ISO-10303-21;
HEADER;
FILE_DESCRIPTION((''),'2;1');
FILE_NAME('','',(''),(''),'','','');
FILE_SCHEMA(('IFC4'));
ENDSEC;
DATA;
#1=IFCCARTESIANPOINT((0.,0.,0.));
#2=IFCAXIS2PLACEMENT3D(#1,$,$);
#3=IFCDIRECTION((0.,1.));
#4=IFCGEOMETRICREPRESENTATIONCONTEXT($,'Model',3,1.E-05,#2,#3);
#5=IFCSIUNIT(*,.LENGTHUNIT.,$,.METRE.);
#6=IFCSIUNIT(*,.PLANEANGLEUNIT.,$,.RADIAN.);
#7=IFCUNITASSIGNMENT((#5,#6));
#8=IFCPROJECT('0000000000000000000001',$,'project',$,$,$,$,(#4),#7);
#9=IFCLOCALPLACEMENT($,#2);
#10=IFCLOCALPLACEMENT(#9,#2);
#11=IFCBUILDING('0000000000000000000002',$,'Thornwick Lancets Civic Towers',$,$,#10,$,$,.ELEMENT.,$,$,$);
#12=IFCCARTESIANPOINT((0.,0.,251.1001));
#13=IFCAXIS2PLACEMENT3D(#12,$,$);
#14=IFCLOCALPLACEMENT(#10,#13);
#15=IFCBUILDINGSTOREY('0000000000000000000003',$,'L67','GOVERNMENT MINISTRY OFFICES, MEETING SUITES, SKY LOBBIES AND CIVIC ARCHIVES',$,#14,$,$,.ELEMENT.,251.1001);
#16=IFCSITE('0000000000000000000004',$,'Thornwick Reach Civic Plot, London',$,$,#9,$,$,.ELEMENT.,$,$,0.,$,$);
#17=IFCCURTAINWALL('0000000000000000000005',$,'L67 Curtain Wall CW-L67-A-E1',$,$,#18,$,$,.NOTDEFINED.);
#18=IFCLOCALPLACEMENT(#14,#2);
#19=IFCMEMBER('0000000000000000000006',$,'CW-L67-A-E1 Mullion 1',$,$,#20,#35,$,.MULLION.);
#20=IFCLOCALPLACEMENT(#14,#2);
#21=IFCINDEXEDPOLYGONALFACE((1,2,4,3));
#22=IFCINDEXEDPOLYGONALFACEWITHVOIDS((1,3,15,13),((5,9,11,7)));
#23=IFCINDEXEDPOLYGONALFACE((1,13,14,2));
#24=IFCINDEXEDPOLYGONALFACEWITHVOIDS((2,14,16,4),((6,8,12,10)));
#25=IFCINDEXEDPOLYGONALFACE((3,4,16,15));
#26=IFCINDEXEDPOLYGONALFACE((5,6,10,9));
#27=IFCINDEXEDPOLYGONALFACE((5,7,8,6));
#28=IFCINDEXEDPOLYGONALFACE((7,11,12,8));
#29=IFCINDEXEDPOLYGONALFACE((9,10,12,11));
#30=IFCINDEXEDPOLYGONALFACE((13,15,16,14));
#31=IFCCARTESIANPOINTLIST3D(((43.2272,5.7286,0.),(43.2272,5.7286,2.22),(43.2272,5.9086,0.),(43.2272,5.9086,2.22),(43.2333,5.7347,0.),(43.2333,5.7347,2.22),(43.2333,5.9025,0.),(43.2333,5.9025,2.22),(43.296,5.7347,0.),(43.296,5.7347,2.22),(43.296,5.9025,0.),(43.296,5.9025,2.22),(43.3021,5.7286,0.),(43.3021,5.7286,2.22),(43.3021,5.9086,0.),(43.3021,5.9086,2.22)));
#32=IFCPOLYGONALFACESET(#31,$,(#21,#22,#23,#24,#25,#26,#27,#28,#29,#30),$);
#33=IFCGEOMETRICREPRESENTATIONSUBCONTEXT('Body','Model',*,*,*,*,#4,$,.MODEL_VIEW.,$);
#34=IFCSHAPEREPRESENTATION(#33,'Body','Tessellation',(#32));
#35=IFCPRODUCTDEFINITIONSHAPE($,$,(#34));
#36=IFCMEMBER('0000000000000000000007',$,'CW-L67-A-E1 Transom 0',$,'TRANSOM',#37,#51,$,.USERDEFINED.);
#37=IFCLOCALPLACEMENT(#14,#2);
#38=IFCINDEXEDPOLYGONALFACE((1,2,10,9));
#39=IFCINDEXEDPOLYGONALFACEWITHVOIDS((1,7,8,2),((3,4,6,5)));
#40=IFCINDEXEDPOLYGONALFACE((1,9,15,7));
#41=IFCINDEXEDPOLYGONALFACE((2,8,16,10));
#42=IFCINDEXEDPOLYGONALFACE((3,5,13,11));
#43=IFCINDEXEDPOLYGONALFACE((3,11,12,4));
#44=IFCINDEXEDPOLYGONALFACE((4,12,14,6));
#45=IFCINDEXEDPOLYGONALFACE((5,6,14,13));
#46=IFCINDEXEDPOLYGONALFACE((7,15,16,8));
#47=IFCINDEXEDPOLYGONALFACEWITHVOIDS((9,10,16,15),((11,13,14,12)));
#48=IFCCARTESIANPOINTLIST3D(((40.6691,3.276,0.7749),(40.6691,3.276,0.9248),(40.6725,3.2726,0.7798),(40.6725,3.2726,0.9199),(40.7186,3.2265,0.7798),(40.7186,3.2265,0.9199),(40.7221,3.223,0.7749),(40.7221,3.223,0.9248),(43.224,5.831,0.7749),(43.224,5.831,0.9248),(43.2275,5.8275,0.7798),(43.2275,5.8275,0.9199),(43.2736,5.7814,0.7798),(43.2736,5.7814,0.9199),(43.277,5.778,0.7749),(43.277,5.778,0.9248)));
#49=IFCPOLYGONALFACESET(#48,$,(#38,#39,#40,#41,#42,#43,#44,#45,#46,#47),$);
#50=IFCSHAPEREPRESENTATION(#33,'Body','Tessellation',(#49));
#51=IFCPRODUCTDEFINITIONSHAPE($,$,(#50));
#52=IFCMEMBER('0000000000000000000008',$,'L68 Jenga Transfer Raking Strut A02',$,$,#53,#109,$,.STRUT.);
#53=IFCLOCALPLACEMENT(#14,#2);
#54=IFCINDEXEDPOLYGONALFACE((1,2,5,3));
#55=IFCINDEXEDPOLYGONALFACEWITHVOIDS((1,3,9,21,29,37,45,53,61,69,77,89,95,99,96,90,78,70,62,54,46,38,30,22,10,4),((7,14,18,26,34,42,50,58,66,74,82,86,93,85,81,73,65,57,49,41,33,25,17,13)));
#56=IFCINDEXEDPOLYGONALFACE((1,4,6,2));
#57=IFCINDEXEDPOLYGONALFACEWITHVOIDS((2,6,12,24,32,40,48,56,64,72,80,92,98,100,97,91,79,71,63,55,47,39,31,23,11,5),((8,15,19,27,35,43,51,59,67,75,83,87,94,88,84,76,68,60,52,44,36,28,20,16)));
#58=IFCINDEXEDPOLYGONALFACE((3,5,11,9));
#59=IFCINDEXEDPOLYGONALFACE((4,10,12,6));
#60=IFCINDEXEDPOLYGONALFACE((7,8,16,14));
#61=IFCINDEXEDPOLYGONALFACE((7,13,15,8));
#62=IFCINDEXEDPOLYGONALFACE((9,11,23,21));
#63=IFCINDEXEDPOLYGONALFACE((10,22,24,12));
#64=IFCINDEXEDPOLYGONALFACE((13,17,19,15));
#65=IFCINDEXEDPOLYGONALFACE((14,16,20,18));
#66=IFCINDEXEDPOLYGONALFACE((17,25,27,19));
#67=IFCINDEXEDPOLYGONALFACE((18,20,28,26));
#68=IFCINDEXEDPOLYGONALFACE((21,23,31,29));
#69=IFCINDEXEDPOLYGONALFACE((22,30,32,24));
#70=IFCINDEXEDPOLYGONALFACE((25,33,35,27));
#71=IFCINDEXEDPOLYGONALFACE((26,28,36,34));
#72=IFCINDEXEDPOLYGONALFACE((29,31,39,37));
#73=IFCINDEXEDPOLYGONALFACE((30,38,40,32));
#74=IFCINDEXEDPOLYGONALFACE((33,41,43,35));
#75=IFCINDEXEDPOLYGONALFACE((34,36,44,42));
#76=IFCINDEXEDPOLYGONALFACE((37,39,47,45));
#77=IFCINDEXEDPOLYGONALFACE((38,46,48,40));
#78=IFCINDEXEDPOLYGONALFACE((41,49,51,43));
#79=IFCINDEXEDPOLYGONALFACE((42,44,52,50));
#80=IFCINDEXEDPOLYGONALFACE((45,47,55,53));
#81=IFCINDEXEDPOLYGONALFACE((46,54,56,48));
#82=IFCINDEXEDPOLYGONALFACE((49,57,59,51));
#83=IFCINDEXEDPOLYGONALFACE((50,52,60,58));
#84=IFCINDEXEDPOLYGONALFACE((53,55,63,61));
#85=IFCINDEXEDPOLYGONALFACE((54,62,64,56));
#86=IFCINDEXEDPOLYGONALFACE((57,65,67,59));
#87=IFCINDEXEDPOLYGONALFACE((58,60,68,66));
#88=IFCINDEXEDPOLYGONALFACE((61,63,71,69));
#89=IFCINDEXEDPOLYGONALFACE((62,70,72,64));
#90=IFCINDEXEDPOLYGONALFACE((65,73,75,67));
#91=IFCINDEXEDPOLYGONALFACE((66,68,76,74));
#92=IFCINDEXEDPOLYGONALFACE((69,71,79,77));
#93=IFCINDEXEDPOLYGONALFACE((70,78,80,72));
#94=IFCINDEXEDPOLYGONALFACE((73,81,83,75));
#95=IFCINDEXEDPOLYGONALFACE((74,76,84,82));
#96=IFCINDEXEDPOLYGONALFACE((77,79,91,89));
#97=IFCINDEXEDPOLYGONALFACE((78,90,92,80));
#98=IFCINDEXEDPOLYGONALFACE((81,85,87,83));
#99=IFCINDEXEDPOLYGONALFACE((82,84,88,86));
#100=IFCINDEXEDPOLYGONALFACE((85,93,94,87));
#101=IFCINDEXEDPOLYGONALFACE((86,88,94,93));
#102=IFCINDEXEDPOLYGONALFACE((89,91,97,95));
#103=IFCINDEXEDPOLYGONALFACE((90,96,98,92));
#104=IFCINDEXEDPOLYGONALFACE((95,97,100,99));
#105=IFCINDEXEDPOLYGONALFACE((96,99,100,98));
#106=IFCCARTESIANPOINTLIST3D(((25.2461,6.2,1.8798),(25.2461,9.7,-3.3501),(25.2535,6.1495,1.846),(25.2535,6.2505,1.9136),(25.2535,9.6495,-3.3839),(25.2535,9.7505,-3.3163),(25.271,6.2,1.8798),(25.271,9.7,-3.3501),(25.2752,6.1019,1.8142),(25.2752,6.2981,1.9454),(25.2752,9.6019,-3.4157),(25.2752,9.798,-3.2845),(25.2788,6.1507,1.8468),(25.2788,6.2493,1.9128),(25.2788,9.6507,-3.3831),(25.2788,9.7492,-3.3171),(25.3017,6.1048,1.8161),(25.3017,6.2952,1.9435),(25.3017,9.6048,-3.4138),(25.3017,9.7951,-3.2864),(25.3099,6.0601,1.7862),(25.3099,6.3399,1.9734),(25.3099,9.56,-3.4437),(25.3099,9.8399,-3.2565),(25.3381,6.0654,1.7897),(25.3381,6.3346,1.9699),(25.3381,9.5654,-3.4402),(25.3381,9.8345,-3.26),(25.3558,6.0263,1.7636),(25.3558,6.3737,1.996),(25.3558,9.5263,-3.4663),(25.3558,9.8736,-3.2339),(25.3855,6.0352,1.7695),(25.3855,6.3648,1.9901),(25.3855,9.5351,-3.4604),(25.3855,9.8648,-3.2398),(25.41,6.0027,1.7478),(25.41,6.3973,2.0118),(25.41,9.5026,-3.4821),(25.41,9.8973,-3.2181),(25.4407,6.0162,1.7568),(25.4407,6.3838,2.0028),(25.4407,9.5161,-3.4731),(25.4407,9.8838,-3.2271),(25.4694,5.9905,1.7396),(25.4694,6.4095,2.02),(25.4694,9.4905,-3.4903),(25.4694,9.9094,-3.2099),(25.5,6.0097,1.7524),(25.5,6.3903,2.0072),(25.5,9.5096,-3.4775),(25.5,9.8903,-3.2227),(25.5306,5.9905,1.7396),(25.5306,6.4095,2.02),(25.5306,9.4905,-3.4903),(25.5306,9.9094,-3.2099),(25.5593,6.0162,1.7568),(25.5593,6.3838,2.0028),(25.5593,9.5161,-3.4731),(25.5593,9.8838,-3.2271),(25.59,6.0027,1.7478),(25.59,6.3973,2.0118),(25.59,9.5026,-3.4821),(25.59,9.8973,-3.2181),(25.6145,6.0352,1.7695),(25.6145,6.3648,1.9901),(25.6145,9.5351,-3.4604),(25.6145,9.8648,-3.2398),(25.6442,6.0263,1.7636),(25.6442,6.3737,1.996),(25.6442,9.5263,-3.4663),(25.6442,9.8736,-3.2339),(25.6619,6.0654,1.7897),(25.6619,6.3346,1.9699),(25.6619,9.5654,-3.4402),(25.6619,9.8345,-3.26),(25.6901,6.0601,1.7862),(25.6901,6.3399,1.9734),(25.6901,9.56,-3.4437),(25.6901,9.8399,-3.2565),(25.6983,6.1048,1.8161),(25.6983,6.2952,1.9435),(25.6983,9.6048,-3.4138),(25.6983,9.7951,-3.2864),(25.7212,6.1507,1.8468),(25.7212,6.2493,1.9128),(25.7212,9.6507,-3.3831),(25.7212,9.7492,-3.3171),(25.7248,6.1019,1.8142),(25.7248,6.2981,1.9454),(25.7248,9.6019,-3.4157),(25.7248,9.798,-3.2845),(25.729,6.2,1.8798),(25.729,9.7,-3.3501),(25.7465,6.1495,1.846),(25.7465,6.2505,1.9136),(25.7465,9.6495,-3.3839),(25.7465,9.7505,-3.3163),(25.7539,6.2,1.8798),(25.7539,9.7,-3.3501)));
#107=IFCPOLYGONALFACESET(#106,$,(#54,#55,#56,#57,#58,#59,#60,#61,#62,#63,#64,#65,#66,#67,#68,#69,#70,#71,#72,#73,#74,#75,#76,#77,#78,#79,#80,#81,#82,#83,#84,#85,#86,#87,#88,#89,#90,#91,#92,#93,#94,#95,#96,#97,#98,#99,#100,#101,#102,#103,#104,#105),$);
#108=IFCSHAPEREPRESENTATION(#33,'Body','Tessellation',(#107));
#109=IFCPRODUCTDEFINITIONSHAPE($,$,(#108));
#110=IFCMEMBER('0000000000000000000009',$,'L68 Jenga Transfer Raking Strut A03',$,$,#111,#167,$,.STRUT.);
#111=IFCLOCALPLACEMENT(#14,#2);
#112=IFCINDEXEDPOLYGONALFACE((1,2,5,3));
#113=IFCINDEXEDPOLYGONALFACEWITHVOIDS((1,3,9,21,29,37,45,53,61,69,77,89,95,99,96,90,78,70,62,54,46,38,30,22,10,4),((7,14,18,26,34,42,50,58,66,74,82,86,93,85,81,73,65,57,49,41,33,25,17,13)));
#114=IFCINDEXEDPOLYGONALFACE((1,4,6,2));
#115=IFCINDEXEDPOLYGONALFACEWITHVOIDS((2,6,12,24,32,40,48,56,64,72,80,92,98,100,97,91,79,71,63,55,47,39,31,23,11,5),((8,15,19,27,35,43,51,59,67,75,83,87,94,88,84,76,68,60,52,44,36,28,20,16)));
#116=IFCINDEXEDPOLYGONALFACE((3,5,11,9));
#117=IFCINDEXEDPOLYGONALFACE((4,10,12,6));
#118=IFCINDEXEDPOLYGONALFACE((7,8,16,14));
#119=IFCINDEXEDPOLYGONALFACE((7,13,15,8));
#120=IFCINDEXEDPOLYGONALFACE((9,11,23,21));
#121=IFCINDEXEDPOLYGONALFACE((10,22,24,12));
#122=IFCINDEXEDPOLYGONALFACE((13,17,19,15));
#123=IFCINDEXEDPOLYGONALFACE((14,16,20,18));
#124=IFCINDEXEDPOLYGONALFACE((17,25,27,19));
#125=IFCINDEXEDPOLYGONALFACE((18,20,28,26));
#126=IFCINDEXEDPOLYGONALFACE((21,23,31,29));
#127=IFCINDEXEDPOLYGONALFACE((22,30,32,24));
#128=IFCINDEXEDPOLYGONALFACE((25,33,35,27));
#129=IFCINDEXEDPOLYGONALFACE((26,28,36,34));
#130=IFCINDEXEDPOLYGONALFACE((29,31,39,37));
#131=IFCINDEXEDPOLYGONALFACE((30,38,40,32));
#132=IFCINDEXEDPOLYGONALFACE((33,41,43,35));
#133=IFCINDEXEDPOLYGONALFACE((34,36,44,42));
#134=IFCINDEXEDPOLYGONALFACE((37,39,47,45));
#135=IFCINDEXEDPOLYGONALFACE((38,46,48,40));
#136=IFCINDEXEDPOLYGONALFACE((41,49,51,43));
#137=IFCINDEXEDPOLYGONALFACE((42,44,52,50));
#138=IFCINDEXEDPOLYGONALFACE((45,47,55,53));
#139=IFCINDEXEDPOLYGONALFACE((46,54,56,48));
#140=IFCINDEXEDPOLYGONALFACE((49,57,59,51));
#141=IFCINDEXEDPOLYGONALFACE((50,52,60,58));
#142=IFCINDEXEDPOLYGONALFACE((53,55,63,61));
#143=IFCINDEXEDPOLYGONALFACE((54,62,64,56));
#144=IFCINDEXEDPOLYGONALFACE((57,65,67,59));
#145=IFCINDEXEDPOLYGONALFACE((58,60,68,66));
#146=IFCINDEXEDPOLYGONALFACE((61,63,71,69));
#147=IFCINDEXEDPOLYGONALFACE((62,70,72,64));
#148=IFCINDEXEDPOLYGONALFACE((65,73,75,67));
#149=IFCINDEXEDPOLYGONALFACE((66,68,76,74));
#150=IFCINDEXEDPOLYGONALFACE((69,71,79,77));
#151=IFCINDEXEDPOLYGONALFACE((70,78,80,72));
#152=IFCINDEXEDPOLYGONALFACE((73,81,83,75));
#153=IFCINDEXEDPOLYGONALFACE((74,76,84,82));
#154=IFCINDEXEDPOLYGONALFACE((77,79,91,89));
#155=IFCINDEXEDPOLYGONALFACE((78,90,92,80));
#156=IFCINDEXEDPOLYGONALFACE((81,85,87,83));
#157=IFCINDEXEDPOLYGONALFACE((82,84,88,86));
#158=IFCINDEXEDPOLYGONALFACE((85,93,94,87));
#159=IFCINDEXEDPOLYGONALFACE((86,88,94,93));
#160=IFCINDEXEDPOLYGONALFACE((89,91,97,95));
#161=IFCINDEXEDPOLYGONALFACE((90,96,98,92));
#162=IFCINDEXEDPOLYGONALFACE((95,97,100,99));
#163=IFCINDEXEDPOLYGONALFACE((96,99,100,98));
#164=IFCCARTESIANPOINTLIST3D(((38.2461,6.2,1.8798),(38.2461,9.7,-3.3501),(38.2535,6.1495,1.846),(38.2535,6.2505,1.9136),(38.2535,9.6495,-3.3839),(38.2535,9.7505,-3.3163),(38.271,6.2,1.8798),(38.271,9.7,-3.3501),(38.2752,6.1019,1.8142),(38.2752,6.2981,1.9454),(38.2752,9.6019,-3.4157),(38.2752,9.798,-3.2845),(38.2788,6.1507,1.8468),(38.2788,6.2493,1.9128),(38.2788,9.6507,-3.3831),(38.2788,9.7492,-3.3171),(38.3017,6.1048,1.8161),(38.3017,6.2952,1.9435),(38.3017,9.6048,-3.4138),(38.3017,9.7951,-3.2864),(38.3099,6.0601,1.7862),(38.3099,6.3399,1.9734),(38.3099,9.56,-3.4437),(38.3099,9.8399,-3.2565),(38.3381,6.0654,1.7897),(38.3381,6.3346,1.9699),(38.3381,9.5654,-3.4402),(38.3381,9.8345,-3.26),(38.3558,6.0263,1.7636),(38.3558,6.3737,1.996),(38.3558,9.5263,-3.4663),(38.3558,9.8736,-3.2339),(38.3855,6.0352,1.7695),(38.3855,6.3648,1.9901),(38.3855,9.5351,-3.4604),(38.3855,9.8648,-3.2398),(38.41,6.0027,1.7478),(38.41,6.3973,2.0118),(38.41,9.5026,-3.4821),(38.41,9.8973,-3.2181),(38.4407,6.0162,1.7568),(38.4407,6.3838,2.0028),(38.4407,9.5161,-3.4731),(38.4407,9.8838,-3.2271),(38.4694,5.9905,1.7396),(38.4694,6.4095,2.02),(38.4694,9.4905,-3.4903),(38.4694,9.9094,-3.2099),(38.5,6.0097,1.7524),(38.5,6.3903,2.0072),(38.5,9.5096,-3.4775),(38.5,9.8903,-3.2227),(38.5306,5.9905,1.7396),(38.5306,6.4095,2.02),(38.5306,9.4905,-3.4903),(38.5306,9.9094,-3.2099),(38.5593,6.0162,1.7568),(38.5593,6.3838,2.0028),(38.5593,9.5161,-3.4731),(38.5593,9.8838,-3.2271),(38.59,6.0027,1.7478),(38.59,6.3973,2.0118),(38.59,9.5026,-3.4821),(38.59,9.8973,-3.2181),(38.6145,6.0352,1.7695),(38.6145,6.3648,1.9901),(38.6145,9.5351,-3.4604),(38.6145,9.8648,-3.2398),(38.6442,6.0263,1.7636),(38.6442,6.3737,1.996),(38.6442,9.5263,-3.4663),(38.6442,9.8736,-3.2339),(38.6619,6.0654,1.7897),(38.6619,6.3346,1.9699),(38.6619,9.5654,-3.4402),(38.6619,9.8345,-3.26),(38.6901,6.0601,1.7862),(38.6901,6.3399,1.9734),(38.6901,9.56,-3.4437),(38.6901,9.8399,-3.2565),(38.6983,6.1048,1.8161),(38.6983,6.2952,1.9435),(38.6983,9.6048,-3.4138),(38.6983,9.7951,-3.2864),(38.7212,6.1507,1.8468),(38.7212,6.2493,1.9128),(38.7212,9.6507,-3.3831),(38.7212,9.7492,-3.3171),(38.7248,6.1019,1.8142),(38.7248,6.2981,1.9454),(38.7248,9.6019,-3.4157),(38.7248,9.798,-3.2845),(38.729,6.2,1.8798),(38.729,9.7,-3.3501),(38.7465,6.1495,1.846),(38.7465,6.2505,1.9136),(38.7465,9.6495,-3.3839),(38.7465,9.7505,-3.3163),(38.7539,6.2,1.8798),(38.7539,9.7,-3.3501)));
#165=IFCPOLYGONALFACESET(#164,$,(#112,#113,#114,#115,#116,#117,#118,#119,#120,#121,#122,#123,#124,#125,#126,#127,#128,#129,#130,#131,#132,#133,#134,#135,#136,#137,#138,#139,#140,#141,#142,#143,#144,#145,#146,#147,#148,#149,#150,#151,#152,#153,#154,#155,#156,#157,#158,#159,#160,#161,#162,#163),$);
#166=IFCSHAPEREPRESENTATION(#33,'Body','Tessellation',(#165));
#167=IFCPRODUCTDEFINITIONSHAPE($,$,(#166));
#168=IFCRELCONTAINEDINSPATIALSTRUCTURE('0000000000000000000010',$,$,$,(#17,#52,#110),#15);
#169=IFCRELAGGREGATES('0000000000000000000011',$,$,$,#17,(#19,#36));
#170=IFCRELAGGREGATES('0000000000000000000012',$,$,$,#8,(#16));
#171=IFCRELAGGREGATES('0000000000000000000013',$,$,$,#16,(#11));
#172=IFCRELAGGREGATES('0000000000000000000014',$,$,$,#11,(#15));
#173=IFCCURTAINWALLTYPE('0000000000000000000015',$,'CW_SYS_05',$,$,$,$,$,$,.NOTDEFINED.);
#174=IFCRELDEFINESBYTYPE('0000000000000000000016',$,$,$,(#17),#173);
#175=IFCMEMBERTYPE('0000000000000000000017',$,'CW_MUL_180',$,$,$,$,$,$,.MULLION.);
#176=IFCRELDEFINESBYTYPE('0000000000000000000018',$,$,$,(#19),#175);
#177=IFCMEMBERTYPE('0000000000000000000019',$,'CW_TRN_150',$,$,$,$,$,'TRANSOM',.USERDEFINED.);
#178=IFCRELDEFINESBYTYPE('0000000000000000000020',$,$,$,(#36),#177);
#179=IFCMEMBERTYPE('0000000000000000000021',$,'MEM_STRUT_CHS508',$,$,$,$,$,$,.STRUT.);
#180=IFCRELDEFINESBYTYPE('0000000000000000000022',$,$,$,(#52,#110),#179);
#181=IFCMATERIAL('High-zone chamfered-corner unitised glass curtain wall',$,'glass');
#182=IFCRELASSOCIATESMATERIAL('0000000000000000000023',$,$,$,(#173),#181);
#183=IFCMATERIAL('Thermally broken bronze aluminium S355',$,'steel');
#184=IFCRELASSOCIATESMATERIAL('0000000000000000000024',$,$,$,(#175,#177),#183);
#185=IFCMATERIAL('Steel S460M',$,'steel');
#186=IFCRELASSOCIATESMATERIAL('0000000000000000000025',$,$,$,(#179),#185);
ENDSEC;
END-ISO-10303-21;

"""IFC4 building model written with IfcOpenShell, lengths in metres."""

from ifc_helpers import new_model, si_unit, direction, frame, origin, origin_2d, place, context, subcontext, project, spatial, hollow_rectangle, hollow_circle, extrude, material, material_profile, profile_set, type_object, element, aggregate, save


model = new_model("IFC4")

# Units and contexts
model_context = context("Model", 3, precision=1e-05, world=origin(), true_north=direction((0.0, 1.0)))
body_context = subcontext(model_context, "Body", "Model", "MODEL_VIEW")
ifc_project = project(units=[si_unit("LENGTHUNIT", "METRE"), si_unit("PLANEANGLEUNIT", "RADIAN")], contexts=[model_context])

# Site, building, storey
site_placement = place(None, origin())
site = spatial("IfcSite", under=ifc_project, at=site_placement, Name="Thornwick Reach Civic Plot, London", CompositionType="ELEMENT", RefElevation=0.0)
building_placement = place(site_placement, origin())
building = spatial("IfcBuilding", under=site, at=building_placement, Name="Thornwick Lancets Civic Towers", CompositionType="ELEMENT")
storey_placement = place(building_placement, frame((0.0, 0.0, 251.1001)))
storey = spatial("IfcBuildingStorey", under=building, at=storey_placement, Name="L67", Description="GOVERNMENT MINISTRY OFFICES, MEETING SUITES, SKY LOBBIES AND CIVIC ARCHIVES", CompositionType="ELEMENT", Elevation=251.1001)

# Curtain wall, members
ifc_material_1 = material(Name="High-zone chamfered-corner unitised glass curtain wall", Category="glass")
curtain_wall_type = type_object("IfcCurtainWallType", Name="CW_SYS_05", PredefinedType="NOTDEFINED", material=ifc_material_1)
curtain_wall_placement = place(storey_placement, origin())
curtain_wall = element("IfcCurtainWall", 1, at=curtain_wall_placement, inside=storey, type_object=curtain_wall_type, Name="L67 Curtain Wall CW-L67-A-E1", PredefinedType="NOTDEFINED")
ifc_material_2 = material(Name="Thermally broken bronze aluminium S355", Category="steel")
ifc_material_profile_1 = material_profile(ifc_material_2, hollow_rectangle(XDim=0.075, YDim=0.1799, WallThickness=0.0061, at=origin_2d()), Name="RHS 180x75x6")
ifc_profile_set_1 = profile_set([ifc_material_profile_1], Name="Thermally broken bronze aluminium S355")
member_type_1 = type_object("IfcMemberType", Name="CW_MUL_180", PredefinedType="MULLION", material=ifc_profile_set_1)
member_1_placement = place(storey_placement, frame((43.2646, 5.8186, 0.0), z_axis=(0.0, 0.0, 1.0), x_axis=(1.0, 0.0, 0.0)))
member_1 = element("IfcMember", 2, at=member_1_placement, type_object=member_type_1, Name="CW-L67-A-E1 Mullion 1", PredefinedType="MULLION", context=body_context, shape_type="SweptSolid", body=[
    extrude(hollow_rectangle(XDim=0.075, YDim=0.1799, WallThickness=0.0061, at=origin_2d()), origin(), (0.0, 0.0, 1.0), 2.22),
])
ifc_material_profile_2 = material_profile(ifc_material_2, hollow_rectangle(XDim=0.075, YDim=0.1499, WallThickness=0.0049, at=origin_2d()), Name="RHS 150x75x5")
ifc_profile_set_2 = profile_set([ifc_material_profile_2], Name="Thermally broken bronze aluminium S355")
member_type_2 = type_object("IfcMemberType", Name="CW_TRN_150", ElementType="TRANSOM", PredefinedType="USERDEFINED", material=ifc_profile_set_2)
member_2_placement = place(storey_placement, frame((40.6956, 3.2495, 0.8499), z_axis=(0.707107, 0.707107, 0.0), x_axis=(-0.707107, 0.707107, 0.0)))
member_2 = element("IfcMember", 3, at=member_2_placement, type_object=member_type_2, Name="CW-L67-A-E1 Transom 0", ObjectType="TRANSOM", PredefinedType="USERDEFINED", context=body_context, shape_type="SweptSolid", body=[
    extrude(hollow_rectangle(XDim=0.075, YDim=0.1499, WallThickness=0.0049, at=origin_2d()), origin(), (0.0, 0.0, 1.0), 3.6133),
])

# Members
ifc_material_3 = material(Name="Steel S460M", Category="steel")
ifc_material_profile_3 = material_profile(ifc_material_3, hollow_circle(Radius=0.2539, WallThickness=0.0249, at=origin_2d()), Name="CHS 508x25")
ifc_profile_set_3 = profile_set([ifc_material_profile_3], Name="Steel S460M")
member_type_3 = type_object("IfcMemberType", Name="MEM_STRUT_CHS508", PredefinedType="STRUT", material=ifc_profile_set_3)
for number, where, z_axis, x_axis, name in (
    (4, (25.5, 9.7, -3.3501), (0.0, -0.556168, 0.83107), (1.0, 0.0, 0.0), "L68 Jenga Transfer Raking Strut A02"),
    (5, (38.5, 9.7, -3.3501), (0.0, -0.556168, 0.83107), (1.0, 0.0, 0.0), "L68 Jenga Transfer Raking Strut A03"),
):
    element("IfcMember", number, at=place(storey_placement, frame(where, z_axis=z_axis, x_axis=x_axis)), inside=storey, type_object=member_type_3, Name=name, PredefinedType="STRUT", context=body_context, shape_type="SweptSolid", body=[
        extrude(hollow_circle(Radius=0.2539, WallThickness=0.0249, at=origin_2d()), origin(), (0.0, 0.0, 1.0), 6.293),
    ])

aggregate(curtain_wall, [member_1, member_2])

save(model, "model.ifc")
